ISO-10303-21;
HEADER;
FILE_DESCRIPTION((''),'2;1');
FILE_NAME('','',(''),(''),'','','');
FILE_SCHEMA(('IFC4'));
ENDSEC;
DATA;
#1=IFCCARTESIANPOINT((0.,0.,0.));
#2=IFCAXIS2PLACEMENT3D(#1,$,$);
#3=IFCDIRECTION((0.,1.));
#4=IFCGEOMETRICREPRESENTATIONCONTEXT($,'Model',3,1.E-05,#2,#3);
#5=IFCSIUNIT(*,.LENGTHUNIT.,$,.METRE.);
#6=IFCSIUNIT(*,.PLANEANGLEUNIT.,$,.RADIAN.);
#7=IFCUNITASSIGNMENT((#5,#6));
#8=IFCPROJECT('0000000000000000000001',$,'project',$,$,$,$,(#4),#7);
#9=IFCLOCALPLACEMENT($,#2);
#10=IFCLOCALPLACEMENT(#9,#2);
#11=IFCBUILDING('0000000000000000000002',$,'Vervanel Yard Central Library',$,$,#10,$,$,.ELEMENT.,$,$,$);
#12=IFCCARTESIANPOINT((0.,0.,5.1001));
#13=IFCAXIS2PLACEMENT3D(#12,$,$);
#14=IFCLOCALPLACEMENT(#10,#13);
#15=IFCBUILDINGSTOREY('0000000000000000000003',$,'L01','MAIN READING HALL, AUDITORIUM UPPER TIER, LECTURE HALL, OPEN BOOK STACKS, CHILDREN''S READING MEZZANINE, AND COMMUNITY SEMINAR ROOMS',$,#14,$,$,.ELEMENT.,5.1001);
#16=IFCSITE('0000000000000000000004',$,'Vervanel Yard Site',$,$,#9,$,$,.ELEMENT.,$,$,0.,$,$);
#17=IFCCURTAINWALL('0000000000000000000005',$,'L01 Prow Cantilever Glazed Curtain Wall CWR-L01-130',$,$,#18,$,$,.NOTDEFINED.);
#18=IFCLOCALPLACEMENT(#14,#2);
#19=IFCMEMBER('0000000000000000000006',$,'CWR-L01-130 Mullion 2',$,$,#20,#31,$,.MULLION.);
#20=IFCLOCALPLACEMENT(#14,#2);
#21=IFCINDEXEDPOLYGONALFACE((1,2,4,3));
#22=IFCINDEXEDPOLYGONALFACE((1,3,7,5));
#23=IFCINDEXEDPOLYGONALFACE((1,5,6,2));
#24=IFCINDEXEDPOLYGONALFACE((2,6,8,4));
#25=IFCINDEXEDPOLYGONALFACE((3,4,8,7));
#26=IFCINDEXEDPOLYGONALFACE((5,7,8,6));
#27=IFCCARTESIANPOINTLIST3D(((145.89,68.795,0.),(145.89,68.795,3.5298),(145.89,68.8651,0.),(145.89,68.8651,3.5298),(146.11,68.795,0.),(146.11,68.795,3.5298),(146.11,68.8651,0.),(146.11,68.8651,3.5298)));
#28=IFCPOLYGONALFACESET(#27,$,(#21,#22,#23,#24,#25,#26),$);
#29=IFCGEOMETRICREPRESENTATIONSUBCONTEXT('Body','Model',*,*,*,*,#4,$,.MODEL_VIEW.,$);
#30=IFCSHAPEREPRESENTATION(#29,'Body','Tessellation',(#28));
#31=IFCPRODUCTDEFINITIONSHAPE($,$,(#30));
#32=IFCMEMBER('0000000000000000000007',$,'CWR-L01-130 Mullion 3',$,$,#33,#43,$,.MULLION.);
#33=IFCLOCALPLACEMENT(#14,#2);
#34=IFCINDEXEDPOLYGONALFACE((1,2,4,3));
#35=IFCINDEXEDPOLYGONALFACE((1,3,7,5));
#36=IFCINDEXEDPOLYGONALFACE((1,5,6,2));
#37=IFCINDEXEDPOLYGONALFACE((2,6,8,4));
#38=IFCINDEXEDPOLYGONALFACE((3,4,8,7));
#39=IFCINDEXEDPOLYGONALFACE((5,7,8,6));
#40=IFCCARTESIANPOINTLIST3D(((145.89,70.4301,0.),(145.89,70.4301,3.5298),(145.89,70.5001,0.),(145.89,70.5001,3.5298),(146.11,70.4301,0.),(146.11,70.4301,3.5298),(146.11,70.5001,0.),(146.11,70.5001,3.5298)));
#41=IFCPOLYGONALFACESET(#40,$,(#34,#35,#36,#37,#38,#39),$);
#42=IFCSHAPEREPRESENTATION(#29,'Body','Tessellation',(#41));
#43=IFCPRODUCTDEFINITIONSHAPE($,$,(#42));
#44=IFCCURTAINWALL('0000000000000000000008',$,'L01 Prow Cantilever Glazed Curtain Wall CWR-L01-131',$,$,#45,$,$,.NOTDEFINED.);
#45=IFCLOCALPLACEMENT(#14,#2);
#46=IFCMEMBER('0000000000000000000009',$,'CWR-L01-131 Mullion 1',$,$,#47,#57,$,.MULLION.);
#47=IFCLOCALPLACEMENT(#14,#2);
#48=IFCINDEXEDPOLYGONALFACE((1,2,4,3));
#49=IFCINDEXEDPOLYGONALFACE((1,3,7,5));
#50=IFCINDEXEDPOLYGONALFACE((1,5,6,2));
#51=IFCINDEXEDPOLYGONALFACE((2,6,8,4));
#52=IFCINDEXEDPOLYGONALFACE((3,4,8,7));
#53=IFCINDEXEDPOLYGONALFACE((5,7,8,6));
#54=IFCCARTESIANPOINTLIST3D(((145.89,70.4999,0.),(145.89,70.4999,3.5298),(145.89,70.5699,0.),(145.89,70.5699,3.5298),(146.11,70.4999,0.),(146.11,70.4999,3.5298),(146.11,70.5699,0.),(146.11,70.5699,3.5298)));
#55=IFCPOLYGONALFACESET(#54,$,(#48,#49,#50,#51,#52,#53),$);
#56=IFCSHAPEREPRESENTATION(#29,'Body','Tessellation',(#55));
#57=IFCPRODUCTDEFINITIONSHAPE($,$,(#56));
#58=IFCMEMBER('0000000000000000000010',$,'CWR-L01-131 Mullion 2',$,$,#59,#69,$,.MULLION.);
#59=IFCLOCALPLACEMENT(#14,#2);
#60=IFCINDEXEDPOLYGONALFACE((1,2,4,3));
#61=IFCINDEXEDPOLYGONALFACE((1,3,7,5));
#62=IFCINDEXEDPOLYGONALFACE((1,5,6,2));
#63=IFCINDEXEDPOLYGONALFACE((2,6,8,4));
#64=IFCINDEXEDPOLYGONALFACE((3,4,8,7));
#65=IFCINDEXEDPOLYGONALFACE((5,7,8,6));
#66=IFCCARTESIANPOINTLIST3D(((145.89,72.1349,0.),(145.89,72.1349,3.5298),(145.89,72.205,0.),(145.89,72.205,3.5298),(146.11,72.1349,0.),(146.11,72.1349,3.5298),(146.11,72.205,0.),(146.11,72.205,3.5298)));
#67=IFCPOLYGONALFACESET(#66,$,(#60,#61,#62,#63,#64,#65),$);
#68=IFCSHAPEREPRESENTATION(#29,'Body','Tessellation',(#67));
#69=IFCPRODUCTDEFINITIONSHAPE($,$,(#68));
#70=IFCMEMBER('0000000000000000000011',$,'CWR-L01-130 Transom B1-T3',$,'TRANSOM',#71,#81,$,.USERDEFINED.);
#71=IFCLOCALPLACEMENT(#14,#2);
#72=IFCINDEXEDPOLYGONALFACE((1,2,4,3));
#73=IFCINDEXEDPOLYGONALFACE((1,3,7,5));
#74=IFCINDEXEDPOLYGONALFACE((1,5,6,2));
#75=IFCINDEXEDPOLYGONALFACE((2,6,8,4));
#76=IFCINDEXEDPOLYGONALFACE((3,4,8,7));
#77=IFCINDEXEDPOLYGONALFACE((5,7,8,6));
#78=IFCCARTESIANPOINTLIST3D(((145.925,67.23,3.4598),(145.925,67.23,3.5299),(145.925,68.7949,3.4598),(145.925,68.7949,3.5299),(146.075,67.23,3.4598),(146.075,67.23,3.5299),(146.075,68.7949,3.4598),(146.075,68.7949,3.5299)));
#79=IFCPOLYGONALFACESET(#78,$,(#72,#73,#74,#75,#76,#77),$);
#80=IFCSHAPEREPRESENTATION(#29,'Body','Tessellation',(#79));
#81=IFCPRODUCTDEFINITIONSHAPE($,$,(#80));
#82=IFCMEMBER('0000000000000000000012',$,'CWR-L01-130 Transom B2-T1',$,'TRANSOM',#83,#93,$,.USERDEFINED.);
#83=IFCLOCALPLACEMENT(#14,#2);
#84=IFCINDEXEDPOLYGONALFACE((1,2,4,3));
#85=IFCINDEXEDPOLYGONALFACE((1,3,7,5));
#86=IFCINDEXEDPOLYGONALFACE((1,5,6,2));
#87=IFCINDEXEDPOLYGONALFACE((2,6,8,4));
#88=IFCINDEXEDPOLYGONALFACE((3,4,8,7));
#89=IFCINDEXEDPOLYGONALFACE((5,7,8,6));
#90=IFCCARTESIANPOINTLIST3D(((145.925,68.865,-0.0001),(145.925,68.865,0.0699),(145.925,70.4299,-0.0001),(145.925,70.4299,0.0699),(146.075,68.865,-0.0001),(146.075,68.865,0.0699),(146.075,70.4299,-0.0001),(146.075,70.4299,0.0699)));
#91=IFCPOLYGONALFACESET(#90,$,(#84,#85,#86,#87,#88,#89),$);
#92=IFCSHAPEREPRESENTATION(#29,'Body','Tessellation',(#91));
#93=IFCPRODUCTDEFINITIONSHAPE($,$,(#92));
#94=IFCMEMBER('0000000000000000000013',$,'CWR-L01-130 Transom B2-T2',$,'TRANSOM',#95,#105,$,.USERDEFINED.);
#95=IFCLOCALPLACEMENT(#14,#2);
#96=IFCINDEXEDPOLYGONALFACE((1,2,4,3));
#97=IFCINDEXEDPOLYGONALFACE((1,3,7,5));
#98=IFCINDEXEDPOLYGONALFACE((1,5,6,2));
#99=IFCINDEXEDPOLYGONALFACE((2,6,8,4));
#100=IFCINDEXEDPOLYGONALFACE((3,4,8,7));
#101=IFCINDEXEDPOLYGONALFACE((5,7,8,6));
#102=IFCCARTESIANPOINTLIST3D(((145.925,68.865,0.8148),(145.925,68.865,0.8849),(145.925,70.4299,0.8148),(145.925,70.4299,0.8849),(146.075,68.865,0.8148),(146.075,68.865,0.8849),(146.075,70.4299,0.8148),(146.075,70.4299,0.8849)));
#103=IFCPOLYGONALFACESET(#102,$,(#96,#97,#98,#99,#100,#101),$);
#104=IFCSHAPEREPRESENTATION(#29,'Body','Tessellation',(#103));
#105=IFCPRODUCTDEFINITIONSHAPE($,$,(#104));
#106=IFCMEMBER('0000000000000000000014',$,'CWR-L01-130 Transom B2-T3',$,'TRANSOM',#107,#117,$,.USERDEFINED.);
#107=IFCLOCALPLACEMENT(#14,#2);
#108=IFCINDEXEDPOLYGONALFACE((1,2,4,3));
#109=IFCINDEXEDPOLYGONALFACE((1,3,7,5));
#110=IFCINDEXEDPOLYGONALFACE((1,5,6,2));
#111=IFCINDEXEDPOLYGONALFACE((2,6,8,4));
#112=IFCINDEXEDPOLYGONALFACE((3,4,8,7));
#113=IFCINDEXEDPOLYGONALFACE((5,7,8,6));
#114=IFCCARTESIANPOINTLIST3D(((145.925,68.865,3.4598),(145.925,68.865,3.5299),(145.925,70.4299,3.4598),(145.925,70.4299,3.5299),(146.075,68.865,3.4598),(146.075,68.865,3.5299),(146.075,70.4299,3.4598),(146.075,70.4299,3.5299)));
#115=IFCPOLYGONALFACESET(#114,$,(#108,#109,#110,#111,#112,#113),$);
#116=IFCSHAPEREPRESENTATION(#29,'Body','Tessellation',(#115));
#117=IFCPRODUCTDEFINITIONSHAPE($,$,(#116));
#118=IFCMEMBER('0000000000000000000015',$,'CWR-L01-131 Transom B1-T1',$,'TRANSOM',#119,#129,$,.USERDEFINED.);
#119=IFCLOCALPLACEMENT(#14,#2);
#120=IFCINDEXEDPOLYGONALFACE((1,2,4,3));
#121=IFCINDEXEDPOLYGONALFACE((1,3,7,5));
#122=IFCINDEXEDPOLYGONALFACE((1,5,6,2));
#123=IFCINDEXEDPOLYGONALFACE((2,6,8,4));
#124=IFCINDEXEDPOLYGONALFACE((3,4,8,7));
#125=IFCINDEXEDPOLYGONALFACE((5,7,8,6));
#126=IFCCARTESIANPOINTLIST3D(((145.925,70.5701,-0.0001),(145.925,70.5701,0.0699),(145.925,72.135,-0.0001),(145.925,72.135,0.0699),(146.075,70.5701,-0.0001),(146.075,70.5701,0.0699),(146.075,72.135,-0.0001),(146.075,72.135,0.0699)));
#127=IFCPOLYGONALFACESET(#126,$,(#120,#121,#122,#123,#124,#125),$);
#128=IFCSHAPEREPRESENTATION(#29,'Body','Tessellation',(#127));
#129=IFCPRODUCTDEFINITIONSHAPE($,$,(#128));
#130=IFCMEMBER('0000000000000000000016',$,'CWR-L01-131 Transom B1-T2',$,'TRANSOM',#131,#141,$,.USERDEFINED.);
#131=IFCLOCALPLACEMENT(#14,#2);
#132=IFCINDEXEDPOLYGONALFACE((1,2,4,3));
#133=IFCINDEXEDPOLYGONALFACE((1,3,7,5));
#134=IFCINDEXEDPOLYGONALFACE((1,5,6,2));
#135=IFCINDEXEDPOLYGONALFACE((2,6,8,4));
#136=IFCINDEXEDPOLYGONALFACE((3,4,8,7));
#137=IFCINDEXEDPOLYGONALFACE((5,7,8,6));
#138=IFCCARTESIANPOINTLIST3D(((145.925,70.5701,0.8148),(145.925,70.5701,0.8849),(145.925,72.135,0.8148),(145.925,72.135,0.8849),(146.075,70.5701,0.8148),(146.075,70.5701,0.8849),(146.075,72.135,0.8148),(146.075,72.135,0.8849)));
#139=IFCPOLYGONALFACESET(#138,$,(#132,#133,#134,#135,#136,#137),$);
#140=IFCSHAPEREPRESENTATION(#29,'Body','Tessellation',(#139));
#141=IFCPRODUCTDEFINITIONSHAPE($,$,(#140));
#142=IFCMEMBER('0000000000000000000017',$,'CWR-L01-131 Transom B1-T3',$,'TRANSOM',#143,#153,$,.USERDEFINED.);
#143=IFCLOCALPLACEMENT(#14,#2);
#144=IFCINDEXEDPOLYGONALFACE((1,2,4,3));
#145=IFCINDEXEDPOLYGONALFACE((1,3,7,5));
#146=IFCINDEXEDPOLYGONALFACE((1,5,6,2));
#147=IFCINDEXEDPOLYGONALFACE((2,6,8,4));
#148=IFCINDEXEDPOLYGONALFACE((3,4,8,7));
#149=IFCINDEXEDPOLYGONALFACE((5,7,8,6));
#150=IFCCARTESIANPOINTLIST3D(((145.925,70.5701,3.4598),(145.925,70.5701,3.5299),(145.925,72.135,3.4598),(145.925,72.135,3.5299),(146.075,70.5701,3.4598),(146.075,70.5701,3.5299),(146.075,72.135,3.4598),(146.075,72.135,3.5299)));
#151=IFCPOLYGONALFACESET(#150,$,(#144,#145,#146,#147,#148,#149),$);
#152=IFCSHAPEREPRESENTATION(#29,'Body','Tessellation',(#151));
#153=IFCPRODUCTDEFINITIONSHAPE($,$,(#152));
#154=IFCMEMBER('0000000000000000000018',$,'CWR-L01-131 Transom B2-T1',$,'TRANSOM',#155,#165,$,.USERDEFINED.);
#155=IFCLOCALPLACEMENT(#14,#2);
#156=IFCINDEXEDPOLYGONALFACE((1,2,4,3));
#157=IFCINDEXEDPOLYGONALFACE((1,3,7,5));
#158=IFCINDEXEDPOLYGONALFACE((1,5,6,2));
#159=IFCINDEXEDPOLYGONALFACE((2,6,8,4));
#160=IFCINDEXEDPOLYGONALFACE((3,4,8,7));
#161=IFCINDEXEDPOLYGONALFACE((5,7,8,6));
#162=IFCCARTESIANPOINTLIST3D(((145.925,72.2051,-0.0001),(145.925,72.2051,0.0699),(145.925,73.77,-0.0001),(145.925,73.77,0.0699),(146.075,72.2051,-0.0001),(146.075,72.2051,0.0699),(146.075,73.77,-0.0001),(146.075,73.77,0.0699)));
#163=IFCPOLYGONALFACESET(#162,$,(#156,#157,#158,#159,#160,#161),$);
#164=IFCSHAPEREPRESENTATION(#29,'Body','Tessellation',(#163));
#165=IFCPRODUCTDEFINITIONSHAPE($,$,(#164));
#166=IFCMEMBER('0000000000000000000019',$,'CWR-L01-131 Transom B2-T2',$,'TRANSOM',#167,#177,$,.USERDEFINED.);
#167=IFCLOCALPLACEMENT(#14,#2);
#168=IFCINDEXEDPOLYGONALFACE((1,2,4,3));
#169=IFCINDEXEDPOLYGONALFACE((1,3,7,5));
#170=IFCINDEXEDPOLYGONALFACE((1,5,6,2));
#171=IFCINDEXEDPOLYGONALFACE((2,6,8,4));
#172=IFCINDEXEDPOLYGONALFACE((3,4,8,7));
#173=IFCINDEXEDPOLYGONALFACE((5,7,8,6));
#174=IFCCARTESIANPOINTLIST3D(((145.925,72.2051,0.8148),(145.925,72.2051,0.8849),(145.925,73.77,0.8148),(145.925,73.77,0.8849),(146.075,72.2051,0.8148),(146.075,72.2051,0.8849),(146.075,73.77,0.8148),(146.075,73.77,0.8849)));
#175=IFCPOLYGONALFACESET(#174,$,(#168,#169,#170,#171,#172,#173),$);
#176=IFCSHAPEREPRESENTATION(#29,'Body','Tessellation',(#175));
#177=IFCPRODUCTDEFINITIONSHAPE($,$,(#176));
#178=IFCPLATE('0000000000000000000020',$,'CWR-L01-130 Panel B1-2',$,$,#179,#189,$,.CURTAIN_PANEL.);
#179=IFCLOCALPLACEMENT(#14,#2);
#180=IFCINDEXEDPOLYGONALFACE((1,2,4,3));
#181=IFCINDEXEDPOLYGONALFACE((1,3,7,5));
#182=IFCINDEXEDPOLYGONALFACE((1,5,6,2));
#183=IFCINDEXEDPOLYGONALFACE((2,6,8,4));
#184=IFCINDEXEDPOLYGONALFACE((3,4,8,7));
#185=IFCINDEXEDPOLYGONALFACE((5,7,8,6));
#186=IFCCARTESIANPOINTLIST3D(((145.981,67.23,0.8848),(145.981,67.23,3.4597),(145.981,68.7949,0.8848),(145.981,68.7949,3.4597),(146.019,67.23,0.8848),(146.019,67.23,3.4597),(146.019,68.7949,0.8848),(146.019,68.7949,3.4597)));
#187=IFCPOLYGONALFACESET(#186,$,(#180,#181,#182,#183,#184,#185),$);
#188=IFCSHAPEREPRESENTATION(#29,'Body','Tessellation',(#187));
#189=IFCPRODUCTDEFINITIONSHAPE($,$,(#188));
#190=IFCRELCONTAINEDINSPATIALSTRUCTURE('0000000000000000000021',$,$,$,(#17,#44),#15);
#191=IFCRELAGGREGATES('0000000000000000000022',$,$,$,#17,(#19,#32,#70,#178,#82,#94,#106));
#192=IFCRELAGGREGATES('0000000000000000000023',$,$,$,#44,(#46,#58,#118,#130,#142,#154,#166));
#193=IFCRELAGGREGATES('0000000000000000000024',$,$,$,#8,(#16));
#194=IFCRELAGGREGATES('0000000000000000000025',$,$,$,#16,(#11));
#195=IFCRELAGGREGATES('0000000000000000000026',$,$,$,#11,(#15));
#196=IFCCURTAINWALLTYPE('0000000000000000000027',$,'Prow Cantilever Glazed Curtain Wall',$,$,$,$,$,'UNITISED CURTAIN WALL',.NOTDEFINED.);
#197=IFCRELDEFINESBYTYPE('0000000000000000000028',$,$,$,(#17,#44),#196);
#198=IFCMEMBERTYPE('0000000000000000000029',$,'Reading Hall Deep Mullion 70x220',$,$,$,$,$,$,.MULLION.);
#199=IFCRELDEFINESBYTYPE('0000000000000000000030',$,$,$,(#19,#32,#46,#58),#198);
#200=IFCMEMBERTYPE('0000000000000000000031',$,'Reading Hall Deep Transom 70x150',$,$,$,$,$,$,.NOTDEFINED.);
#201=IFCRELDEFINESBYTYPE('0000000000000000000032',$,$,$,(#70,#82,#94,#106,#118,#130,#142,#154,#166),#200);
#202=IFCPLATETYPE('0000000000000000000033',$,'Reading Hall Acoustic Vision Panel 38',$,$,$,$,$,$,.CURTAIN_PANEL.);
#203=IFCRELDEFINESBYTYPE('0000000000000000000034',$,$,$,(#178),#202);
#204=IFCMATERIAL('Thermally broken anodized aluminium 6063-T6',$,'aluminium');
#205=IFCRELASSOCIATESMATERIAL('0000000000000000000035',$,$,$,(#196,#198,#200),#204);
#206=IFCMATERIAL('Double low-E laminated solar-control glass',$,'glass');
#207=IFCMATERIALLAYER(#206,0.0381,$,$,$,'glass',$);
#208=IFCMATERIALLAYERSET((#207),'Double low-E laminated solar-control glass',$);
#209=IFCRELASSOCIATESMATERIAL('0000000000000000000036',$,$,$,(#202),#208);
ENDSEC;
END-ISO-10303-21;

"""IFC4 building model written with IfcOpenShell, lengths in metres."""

from ifc_helpers import new_model, si_unit, direction, frame, origin, origin_2d, place, context, subcontext, project, spatial, rectangle, extrude, material, layer, layer_set, material_profile, profile_set, type_object, element, aggregate, save


model = new_model("IFC4")

# Units and contexts
model_context = context("Model", 3, precision=1e-05, world=origin(), true_north=direction((0.0, 1.0)))
body_context = subcontext(model_context, "Body", "Model", "MODEL_VIEW")
ifc_project = project(units=[si_unit("LENGTHUNIT", "METRE"), si_unit("PLANEANGLEUNIT", "RADIAN")], contexts=[model_context])

# Site, building, storey
site_placement = place(None, origin())
site = spatial("IfcSite", under=ifc_project, at=site_placement, Name="Vervanel Yard Site", CompositionType="ELEMENT", RefElevation=0.0)
building_placement = place(site_placement, origin())
building = spatial("IfcBuilding", under=site, at=building_placement, Name="Vervanel Yard Central Library", CompositionType="ELEMENT")
storey_placement = place(building_placement, frame((0.0, 0.0, 5.1001)))
storey = spatial("IfcBuildingStorey", under=building, at=storey_placement, Name="L01", Description="MAIN READING HALL, AUDITORIUM UPPER TIER, LECTURE HALL, OPEN BOOK STACKS, CHILDREN'S READING MEZZANINE, AND COMMUNITY SEMINAR ROOMS", CompositionType="ELEMENT", Elevation=5.1001)

# Curtain walls, members
ifc_material_1 = material(Name="Thermally broken anodized aluminium 6063-T6", Category="aluminium")
curtain_wall_type = type_object("IfcCurtainWallType", Name="Prow Cantilever Glazed Curtain Wall", ElementType="UNITISED CURTAIN WALL", PredefinedType="NOTDEFINED", material=ifc_material_1)
curtain_wall_1_placement = place(storey_placement, origin())
curtain_wall_1 = element("IfcCurtainWall", 1, at=curtain_wall_1_placement, inside=storey, type_object=curtain_wall_type, Name="L01 Prow Cantilever Glazed Curtain Wall CWR-L01-130", PredefinedType="NOTDEFINED")
ifc_material_profile_1 = material_profile(ifc_material_1, rectangle(XDim=0.0701, YDim=0.22, at=origin_2d()), Name="ALU 70x220", Category="aluminium")
ifc_profile_set_1 = profile_set([ifc_material_profile_1], Name="Thermally broken anodized aluminium 6063-T6")
member_type_1 = type_object("IfcMemberType", Name="Reading Hall Deep Mullion 70x220", PredefinedType="MULLION", material=ifc_profile_set_1)
member_1_placement = place(storey_placement, frame((146.0, 68.8301, 0.0), z_axis=(0.0, 0.0, 1.0), x_axis=(0.0, 1.0, 0.0)))
member_1 = element("IfcMember", 2, at=member_1_placement, type_object=member_type_1, Name="CWR-L01-130 Mullion 2", PredefinedType="MULLION", context=body_context, shape_type="SweptSolid", body=[
    extrude(rectangle(XDim=0.0701, YDim=0.22, at=origin_2d()), origin(), (0.0, 0.0, 1.0), 3.5298),
])
member_2_placement = place(storey_placement, frame((146.0, 70.4651, 0.0), z_axis=(0.0, 0.0, 1.0), x_axis=(0.0, 1.0, 0.0)))
member_2 = element("IfcMember", 3, at=member_2_placement, type_object=member_type_1, Name="CWR-L01-130 Mullion 3", PredefinedType="MULLION", context=body_context, shape_type="SweptSolid", body=[
    extrude(rectangle(XDim=0.0701, YDim=0.22, at=origin_2d()), origin(), (0.0, 0.0, 1.0), 3.5298),
])
curtain_wall_2_placement = place(storey_placement, origin())
curtain_wall_2 = element("IfcCurtainWall", 4, at=curtain_wall_2_placement, inside=storey, type_object=curtain_wall_type, Name="L01 Prow Cantilever Glazed Curtain Wall CWR-L01-131", PredefinedType="NOTDEFINED")
member_3_placement = place(storey_placement, frame((146.0, 70.5349, 0.0), z_axis=(0.0, 0.0, 1.0), x_axis=(0.0, 1.0, 0.0)))
member_3 = element("IfcMember", 5, at=member_3_placement, type_object=member_type_1, Name="CWR-L01-131 Mullion 1", PredefinedType="MULLION", context=body_context, shape_type="SweptSolid", body=[
    extrude(rectangle(XDim=0.0701, YDim=0.22, at=origin_2d()), origin(), (0.0, 0.0, 1.0), 3.5298),
])
member_4_placement = place(storey_placement, frame((146.0, 72.1699, 0.0), z_axis=(0.0, 0.0, 1.0), x_axis=(0.0, 1.0, 0.0)))
member_4 = element("IfcMember", 6, at=member_4_placement, type_object=member_type_1, Name="CWR-L01-131 Mullion 2", PredefinedType="MULLION", context=body_context, shape_type="SweptSolid", body=[
    extrude(rectangle(XDim=0.0701, YDim=0.22, at=origin_2d()), origin(), (0.0, 0.0, 1.0), 3.5298),
])

# Members
ifc_material_profile_2 = material_profile(ifc_material_1, rectangle(XDim=0.0701, YDim=0.1499, at=origin_2d()), Name="ALU 70x150", Category="aluminium")
ifc_profile_set_2 = profile_set([ifc_material_profile_2], Name="Thermally broken anodized aluminium 6063-T6")
member_type_2 = type_object("IfcMemberType", Name="Reading Hall Deep Transom 70x150", PredefinedType="NOTDEFINED", material=ifc_profile_set_2)
member_5_placement = place(storey_placement, frame((146.0, 67.23, 3.4949), z_axis=(0.0, 1.0, 0.0), x_axis=(0.0, 0.0, 1.0)))
member_5 = element("IfcMember", 7, at=member_5_placement, type_object=member_type_2, Name="CWR-L01-130 Transom B1-T3", ObjectType="TRANSOM", PredefinedType="USERDEFINED", context=body_context, shape_type="SweptSolid", body=[
    extrude(rectangle(XDim=0.0701, YDim=0.1499, at=origin_2d()), origin(), (0.0, 0.0, 1.0), 1.5649),
])
member_6_placement = place(storey_placement, frame((146.0, 68.865, 0.0349), z_axis=(0.0, 1.0, 0.0), x_axis=(0.0, 0.0, 1.0)))
member_6 = element("IfcMember", 8, at=member_6_placement, type_object=member_type_2, Name="CWR-L01-130 Transom B2-T1", ObjectType="TRANSOM", PredefinedType="USERDEFINED", context=body_context, shape_type="SweptSolid", body=[
    extrude(rectangle(XDim=0.0701, YDim=0.1499, at=origin_2d()), origin(), (0.0, 0.0, 1.0), 1.5649),
])
member_7_placement = place(storey_placement, frame((146.0, 68.865, 0.8499), z_axis=(0.0, 1.0, 0.0), x_axis=(0.0, 0.0, 1.0)))
member_7 = element("IfcMember", 9, at=member_7_placement, type_object=member_type_2, Name="CWR-L01-130 Transom B2-T2", ObjectType="TRANSOM", PredefinedType="USERDEFINED", context=body_context, shape_type="SweptSolid", body=[
    extrude(rectangle(XDim=0.0701, YDim=0.1499, at=origin_2d()), origin(), (0.0, 0.0, 1.0), 1.5649),
])
member_8_placement = place(storey_placement, frame((146.0, 68.865, 3.4949), z_axis=(0.0, 1.0, 0.0), x_axis=(0.0, 0.0, 1.0)))
member_8 = element("IfcMember", 10, at=member_8_placement, type_object=member_type_2, Name="CWR-L01-130 Transom B2-T3", ObjectType="TRANSOM", PredefinedType="USERDEFINED", context=body_context, shape_type="SweptSolid", body=[
    extrude(rectangle(XDim=0.0701, YDim=0.1499, at=origin_2d()), origin(), (0.0, 0.0, 1.0), 1.5649),
])
member_9_placement = place(storey_placement, frame((146.0, 70.5701, 0.0349), z_axis=(0.0, 1.0, 0.0), x_axis=(0.0, 0.0, 1.0)))
member_9 = element("IfcMember", 11, at=member_9_placement, type_object=member_type_2, Name="CWR-L01-131 Transom B1-T1", ObjectType="TRANSOM", PredefinedType="USERDEFINED", context=body_context, shape_type="SweptSolid", body=[
    extrude(rectangle(XDim=0.0701, YDim=0.1499, at=origin_2d()), origin(), (0.0, 0.0, 1.0), 1.5649),
])
member_10_placement = place(storey_placement, frame((146.0, 70.5701, 0.8499), z_axis=(0.0, 1.0, 0.0), x_axis=(0.0, 0.0, 1.0)))
member_10 = element("IfcMember", 12, at=member_10_placement, type_object=member_type_2, Name="CWR-L01-131 Transom B1-T2", ObjectType="TRANSOM", PredefinedType="USERDEFINED", context=body_context, shape_type="SweptSolid", body=[
    extrude(rectangle(XDim=0.0701, YDim=0.1499, at=origin_2d()), origin(), (0.0, 0.0, 1.0), 1.5649),
])
member_11_placement = place(storey_placement, frame((146.0, 70.5701, 3.4949), z_axis=(0.0, 1.0, 0.0), x_axis=(0.0, 0.0, 1.0)))
member_11 = element("IfcMember", 13, at=member_11_placement, type_object=member_type_2, Name="CWR-L01-131 Transom B1-T3", ObjectType="TRANSOM", PredefinedType="USERDEFINED", context=body_context, shape_type="SweptSolid", body=[
    extrude(rectangle(XDim=0.0701, YDim=0.1499, at=origin_2d()), origin(), (0.0, 0.0, 1.0), 1.5649),
])
member_12_placement = place(storey_placement, frame((146.0, 72.2051, 0.0349), z_axis=(0.0, 1.0, 0.0), x_axis=(0.0, 0.0, 1.0)))
member_12 = element("IfcMember", 14, at=member_12_placement, type_object=member_type_2, Name="CWR-L01-131 Transom B2-T1", ObjectType="TRANSOM", PredefinedType="USERDEFINED", context=body_context, shape_type="SweptSolid", body=[
    extrude(rectangle(XDim=0.0701, YDim=0.1499, at=origin_2d()), origin(), (0.0, 0.0, 1.0), 1.5649),
])
member_13_placement = place(storey_placement, frame((146.0, 72.2051, 0.8499), z_axis=(0.0, 1.0, 0.0), x_axis=(0.0, 0.0, 1.0)))
member_13 = element("IfcMember", 15, at=member_13_placement, type_object=member_type_2, Name="CWR-L01-131 Transom B2-T2", ObjectType="TRANSOM", PredefinedType="USERDEFINED", context=body_context, shape_type="SweptSolid", body=[
    extrude(rectangle(XDim=0.0701, YDim=0.1499, at=origin_2d()), origin(), (0.0, 0.0, 1.0), 1.5649),
])

# Plate
ifc_material_2 = material(Name="Double low-E laminated solar-control glass", Category="glass")
ifc_layer_1 = layer(ifc_material_2, 0.0381, Category="glass")
ifc_layer_set_1 = layer_set([ifc_layer_1], Name="Double low-E laminated solar-control glass")
plate_type_1 = type_object("IfcPlateType", Name="Reading Hall Acoustic Vision Panel 38", PredefinedType="CURTAIN_PANEL", material=ifc_layer_set_1)
plate_1_placement = place(storey_placement, frame((146.0, 68.0125, 0.8848), z_axis=(0.0, 0.0, 1.0), x_axis=(0.0, 1.0, 0.0)))
plate_1 = element("IfcPlate", 16, at=plate_1_placement, type_object=plate_type_1, Name="CWR-L01-130 Panel B1-2", PredefinedType="CURTAIN_PANEL", context=body_context, shape_type="SweptSolid", body=[
    extrude(rectangle(XDim=1.5649, YDim=0.0381, at=origin_2d()), origin(), (0.0, 0.0, 1.0), 2.575),
])
aggregate(curtain_wall_1, [member_1, member_2, member_5, plate_1, member_6, member_7, member_8])
aggregate(curtain_wall_2, [member_3, member_4, member_9, member_10, member_11, member_12, member_13])

save(model, "model.ifc")
